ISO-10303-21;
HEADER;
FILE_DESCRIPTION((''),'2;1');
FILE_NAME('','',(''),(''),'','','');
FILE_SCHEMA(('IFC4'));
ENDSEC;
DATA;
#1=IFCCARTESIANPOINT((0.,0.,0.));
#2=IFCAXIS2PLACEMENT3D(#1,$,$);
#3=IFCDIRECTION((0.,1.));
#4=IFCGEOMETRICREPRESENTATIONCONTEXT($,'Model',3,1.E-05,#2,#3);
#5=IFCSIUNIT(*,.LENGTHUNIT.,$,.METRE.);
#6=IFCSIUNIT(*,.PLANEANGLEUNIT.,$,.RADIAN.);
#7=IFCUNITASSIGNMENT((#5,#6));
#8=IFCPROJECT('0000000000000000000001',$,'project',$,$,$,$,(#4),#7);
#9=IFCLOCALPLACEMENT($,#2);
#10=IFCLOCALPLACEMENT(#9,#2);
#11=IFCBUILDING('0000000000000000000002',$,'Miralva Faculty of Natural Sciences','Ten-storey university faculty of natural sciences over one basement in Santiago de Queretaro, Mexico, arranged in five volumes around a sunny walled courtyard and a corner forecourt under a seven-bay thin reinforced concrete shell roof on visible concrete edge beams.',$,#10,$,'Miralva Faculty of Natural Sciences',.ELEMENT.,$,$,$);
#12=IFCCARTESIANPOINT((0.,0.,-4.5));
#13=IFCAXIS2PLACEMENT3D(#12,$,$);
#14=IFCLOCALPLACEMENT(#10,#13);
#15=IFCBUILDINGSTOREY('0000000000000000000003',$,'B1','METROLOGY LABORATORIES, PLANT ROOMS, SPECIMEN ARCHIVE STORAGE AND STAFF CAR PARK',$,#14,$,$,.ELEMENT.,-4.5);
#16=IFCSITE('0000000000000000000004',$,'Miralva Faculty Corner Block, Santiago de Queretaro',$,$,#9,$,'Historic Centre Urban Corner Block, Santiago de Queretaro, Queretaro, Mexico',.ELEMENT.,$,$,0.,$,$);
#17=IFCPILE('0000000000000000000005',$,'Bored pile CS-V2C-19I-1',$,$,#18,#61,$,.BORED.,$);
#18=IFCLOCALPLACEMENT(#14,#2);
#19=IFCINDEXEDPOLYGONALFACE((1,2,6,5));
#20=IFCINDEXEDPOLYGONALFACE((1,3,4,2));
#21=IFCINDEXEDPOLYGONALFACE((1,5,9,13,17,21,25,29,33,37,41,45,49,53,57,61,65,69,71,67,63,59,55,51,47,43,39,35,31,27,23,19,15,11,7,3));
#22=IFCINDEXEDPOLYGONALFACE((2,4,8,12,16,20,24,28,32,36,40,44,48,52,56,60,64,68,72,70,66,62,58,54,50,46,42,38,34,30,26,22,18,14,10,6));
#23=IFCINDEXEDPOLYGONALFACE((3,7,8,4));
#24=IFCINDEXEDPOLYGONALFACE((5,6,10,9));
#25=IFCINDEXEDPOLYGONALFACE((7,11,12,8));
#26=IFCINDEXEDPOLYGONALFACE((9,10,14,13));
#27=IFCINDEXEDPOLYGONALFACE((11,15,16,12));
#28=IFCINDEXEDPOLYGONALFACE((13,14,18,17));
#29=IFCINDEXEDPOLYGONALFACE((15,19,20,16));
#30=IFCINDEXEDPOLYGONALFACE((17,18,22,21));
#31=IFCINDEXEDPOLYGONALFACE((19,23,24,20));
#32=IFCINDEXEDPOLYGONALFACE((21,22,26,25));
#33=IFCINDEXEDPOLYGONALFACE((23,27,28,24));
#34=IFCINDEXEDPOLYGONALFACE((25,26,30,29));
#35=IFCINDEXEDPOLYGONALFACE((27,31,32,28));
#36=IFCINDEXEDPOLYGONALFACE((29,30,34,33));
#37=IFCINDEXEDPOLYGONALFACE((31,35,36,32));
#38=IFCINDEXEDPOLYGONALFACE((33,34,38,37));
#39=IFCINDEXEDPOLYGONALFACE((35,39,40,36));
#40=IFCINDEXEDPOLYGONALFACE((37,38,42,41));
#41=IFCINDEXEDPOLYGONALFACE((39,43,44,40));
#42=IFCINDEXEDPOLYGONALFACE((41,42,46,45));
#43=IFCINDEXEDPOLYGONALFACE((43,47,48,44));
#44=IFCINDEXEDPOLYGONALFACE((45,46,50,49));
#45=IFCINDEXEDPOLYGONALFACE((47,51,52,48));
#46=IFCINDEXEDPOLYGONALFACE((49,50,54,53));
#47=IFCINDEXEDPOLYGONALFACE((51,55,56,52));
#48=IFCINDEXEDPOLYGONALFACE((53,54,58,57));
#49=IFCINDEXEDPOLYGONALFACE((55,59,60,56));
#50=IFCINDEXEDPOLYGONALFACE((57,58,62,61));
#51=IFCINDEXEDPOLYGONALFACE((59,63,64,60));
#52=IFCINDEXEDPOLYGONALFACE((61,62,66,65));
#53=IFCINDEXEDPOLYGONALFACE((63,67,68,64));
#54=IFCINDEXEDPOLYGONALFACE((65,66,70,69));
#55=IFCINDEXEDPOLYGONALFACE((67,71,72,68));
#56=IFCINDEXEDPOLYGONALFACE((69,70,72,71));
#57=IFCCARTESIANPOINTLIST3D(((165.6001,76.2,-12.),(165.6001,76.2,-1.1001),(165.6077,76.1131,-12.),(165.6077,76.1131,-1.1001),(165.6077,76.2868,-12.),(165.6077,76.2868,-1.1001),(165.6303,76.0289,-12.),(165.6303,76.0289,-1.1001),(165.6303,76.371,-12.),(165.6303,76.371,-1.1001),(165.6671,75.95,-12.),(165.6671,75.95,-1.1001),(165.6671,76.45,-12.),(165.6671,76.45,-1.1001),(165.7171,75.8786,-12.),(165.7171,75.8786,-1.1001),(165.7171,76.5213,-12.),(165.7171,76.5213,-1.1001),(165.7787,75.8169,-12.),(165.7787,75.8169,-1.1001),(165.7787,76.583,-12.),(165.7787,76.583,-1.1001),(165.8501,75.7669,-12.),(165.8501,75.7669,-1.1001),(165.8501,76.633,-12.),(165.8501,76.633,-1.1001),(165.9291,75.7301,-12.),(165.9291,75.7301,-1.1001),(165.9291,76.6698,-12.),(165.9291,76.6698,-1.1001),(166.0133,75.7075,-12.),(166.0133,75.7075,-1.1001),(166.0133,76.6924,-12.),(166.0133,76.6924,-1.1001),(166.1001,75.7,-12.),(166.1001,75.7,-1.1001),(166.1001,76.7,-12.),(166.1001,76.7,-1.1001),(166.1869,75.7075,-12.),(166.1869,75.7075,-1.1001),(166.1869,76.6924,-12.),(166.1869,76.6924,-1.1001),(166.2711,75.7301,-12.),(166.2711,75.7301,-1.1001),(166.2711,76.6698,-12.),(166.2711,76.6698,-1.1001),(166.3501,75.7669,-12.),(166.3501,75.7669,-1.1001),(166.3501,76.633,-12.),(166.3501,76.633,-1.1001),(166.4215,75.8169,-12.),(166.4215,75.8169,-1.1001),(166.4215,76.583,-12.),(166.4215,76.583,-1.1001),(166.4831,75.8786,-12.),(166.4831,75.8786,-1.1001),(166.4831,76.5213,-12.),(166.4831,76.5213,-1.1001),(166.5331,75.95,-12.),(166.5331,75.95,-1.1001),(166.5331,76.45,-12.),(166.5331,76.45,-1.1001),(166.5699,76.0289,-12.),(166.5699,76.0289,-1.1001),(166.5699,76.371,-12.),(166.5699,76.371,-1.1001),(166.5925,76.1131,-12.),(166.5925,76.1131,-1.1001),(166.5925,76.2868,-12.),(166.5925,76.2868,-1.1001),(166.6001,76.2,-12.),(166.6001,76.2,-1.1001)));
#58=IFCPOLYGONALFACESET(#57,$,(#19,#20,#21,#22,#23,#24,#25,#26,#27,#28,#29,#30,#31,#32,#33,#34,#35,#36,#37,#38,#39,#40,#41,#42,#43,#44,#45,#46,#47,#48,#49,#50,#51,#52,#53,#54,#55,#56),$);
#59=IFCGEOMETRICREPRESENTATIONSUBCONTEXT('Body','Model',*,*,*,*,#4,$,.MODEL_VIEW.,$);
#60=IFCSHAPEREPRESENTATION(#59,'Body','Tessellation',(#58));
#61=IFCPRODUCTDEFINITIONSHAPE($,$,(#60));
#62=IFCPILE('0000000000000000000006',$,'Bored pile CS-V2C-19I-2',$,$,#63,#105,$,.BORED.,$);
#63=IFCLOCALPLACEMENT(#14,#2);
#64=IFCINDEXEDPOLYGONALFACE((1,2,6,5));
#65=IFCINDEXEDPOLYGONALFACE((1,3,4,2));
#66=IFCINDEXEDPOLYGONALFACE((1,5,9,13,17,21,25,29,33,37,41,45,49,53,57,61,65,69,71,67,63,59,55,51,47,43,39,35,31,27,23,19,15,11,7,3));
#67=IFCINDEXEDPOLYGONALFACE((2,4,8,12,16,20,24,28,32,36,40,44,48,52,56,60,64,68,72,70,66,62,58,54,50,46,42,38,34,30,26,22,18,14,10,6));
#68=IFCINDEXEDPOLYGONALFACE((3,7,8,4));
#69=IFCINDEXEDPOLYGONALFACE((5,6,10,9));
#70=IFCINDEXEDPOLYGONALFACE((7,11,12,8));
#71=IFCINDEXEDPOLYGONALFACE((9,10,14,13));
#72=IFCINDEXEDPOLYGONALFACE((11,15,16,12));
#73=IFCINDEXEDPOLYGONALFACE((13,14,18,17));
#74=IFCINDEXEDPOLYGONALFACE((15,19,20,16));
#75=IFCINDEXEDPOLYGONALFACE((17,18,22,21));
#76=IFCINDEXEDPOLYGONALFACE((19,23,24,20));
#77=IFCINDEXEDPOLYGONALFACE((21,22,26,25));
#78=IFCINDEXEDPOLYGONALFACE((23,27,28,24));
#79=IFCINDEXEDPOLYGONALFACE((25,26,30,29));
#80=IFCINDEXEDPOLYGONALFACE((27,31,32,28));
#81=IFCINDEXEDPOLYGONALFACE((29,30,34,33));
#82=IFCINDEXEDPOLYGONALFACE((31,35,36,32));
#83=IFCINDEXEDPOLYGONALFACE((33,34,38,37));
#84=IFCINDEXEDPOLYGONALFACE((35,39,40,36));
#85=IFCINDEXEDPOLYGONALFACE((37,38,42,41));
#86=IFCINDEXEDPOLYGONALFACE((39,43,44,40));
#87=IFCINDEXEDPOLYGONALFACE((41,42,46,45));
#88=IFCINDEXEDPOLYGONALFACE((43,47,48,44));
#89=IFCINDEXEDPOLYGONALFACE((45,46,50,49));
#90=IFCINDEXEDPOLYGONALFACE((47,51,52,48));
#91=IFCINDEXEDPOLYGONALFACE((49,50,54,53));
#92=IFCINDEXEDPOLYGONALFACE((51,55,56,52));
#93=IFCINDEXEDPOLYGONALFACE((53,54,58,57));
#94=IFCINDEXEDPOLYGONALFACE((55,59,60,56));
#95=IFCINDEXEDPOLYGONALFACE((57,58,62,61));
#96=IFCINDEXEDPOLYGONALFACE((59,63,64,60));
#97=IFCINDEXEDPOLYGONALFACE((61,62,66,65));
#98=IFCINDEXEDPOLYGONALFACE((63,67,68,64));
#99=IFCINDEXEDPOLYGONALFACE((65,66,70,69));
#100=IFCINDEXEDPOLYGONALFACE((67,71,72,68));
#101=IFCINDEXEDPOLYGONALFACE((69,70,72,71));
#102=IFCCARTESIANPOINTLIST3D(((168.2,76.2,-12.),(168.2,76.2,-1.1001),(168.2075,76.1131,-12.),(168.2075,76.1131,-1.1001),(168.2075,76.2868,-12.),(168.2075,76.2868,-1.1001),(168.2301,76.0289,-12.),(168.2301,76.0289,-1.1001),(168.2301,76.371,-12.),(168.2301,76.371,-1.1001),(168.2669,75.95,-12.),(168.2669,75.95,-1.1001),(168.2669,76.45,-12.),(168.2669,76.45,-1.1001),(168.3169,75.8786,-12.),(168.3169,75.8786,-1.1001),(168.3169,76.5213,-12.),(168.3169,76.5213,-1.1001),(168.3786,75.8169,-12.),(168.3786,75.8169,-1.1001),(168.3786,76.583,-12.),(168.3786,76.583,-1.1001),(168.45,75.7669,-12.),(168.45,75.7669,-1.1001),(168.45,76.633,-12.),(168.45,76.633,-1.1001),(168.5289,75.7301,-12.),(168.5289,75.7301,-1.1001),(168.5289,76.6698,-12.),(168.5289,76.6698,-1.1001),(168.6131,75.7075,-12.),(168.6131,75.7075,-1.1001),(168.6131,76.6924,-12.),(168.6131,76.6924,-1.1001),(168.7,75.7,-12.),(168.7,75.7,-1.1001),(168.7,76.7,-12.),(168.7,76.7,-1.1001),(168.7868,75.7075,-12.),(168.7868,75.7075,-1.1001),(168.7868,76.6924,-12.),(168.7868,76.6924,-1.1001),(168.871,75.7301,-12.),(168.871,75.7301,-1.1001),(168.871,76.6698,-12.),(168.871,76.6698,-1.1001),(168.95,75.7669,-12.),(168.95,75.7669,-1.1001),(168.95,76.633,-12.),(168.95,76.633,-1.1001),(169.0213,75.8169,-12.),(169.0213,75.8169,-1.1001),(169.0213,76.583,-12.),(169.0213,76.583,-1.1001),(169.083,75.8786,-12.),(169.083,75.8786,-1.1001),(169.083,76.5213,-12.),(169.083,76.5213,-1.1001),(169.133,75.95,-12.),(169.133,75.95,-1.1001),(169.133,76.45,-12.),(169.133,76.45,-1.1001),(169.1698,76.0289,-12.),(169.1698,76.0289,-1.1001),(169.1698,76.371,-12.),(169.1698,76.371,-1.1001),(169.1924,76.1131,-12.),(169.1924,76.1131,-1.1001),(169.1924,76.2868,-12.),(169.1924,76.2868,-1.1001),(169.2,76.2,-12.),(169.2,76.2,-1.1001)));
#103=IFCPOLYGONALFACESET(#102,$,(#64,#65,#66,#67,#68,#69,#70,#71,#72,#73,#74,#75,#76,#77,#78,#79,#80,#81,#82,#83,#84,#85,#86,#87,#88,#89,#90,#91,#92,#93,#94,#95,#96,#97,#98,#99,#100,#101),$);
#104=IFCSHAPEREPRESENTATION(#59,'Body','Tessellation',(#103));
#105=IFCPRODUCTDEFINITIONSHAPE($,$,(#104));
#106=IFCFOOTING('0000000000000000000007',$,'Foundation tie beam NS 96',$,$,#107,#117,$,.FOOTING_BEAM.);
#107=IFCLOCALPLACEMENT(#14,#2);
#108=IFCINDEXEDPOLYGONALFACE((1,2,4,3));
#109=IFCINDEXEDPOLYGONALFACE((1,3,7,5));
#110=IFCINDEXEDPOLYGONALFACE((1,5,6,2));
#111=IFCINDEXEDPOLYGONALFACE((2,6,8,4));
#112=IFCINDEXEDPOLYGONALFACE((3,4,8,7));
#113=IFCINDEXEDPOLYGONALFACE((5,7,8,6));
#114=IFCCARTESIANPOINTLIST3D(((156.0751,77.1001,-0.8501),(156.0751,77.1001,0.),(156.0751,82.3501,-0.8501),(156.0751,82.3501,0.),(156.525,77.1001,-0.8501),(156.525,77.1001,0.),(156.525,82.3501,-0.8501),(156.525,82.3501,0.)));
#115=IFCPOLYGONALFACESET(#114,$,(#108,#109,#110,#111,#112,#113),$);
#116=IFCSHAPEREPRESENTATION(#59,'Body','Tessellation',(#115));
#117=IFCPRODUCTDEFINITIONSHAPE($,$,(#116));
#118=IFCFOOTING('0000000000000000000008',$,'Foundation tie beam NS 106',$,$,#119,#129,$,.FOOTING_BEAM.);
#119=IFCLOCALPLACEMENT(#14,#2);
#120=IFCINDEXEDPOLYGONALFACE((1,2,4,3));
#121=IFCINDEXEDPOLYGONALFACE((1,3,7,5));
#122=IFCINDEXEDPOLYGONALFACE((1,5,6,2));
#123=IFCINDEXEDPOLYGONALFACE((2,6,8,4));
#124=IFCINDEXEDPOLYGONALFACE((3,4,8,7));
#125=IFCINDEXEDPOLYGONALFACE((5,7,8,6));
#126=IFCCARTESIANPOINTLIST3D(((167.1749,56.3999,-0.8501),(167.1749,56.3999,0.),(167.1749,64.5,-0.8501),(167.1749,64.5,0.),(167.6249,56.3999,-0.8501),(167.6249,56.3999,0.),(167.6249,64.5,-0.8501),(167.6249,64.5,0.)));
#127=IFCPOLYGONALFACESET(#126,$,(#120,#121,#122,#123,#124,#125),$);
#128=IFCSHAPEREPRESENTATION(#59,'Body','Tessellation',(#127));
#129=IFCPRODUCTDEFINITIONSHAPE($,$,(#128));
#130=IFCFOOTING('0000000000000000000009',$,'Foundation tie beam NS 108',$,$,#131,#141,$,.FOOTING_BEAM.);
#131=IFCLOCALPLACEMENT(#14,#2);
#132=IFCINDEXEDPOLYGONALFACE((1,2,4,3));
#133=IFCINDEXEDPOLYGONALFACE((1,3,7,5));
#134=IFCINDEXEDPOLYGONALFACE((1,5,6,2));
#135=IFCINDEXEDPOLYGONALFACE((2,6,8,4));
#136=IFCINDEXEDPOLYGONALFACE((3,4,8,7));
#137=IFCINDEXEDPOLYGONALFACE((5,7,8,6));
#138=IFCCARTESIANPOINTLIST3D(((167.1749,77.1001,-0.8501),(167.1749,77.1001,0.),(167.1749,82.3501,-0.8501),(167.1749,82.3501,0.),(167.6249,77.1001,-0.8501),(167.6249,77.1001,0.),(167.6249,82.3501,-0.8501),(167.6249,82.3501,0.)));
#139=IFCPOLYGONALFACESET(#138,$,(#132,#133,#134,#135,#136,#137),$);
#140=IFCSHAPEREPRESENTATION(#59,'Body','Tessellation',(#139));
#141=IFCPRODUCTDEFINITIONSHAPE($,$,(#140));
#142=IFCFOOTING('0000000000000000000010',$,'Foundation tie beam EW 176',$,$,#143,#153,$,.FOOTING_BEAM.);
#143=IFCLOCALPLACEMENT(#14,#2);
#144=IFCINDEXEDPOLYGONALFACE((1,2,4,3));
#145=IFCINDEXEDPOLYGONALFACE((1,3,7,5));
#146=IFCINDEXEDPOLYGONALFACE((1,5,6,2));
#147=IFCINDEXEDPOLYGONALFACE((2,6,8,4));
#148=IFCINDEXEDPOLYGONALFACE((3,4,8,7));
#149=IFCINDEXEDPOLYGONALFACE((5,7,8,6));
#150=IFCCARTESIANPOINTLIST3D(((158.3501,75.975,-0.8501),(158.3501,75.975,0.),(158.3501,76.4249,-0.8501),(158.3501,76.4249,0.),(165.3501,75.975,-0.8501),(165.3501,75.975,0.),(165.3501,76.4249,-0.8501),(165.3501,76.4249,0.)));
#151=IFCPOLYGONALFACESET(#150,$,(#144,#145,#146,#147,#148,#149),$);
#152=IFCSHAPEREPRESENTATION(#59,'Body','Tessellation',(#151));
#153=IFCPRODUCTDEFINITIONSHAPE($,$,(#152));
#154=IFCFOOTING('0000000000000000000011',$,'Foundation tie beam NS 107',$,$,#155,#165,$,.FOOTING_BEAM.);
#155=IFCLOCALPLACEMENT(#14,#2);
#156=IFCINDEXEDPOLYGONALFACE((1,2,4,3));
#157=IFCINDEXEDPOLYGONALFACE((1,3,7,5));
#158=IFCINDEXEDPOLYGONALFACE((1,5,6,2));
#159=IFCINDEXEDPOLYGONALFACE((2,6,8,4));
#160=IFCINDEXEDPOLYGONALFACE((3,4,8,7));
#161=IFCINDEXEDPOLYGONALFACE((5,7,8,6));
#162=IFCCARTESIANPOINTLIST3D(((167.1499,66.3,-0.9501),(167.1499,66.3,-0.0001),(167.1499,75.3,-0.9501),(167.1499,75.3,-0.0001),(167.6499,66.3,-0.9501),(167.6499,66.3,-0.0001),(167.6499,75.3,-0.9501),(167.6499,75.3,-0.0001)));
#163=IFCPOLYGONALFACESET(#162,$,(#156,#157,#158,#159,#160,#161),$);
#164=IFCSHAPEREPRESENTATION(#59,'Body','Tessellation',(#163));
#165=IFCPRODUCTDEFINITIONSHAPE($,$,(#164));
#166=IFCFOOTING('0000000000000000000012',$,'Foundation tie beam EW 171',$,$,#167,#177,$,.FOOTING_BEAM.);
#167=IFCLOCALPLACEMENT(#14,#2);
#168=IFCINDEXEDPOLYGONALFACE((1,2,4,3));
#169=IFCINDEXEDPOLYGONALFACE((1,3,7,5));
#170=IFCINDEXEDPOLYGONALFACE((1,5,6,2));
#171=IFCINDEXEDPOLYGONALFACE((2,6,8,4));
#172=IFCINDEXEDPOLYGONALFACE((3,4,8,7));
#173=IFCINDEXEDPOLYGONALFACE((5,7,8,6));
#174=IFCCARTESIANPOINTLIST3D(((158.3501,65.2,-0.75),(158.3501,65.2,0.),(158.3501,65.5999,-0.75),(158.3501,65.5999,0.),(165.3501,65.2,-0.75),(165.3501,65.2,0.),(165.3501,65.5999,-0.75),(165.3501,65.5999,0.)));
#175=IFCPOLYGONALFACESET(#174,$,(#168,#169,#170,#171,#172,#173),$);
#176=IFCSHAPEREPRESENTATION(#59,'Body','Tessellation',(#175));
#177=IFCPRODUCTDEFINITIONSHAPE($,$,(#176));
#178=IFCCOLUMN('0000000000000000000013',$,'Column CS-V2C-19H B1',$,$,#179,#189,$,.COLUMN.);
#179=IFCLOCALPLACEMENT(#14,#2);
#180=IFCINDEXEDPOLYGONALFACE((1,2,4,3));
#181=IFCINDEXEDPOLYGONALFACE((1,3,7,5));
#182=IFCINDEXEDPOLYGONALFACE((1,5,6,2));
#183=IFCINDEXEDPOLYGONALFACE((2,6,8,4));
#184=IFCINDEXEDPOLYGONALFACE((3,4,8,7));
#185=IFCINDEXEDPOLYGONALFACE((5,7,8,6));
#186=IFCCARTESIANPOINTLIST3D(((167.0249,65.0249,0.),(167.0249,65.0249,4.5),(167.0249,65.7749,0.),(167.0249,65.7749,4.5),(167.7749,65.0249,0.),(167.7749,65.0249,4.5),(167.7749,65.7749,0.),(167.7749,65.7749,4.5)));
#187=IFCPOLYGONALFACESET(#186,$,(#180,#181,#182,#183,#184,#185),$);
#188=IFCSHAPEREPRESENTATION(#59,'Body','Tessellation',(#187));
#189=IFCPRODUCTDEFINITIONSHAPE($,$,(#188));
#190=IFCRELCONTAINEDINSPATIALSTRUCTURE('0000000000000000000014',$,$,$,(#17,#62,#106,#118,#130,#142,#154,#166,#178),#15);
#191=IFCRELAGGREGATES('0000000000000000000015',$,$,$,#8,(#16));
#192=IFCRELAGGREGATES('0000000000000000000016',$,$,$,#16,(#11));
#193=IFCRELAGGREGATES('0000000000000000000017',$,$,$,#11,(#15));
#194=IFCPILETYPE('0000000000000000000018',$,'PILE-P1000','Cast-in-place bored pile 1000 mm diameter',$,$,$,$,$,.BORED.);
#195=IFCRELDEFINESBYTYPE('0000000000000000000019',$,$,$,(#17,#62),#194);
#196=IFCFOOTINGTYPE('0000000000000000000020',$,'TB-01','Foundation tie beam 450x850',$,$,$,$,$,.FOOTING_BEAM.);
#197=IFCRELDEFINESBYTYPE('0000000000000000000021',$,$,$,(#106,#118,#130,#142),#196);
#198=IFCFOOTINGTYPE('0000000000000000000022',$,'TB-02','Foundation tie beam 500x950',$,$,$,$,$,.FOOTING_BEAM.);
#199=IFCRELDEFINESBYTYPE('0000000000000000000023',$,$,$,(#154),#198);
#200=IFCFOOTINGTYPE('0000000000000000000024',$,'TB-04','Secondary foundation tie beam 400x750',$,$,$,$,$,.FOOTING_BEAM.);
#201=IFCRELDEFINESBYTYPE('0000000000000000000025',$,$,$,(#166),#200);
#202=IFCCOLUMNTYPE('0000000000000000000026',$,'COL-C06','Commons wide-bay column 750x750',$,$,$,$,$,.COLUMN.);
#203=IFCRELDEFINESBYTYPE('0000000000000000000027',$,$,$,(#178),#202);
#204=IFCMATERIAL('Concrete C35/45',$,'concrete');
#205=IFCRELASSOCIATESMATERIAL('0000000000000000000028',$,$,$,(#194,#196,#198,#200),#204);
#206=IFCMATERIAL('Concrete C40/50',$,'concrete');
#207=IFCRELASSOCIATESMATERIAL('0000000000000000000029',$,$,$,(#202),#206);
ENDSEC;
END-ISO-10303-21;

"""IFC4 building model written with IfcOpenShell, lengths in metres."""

from ifc_helpers import new_model, si_unit, direction, frame, origin, origin_2d, place, context, subcontext, project, spatial, rectangle, circle, extrude, material, material_profile, profile_set, type_object, element, save


model = new_model("IFC4")

# Units and contexts
model_context = context("Model", 3, precision=1e-05, world=origin(), true_north=direction((0.0, 1.0)))
body_context = subcontext(model_context, "Body", "Model", "MODEL_VIEW")
ifc_project = project(units=[si_unit("LENGTHUNIT", "METRE"), si_unit("PLANEANGLEUNIT", "RADIAN")], contexts=[model_context])

# Site, building, storey
site_placement = place(None, origin())
site = spatial("IfcSite", under=ifc_project, at=site_placement, Name="Miralva Faculty Corner Block, Santiago de Queretaro", LongName="Historic Centre Urban Corner Block, Santiago de Queretaro, Queretaro, Mexico", CompositionType="ELEMENT", RefElevation=0.0)
building_placement = place(site_placement, origin())
building = spatial("IfcBuilding", under=site, at=building_placement, Name="Miralva Faculty of Natural Sciences", Description="Ten-storey university faculty of natural sciences over one basement in Santiago de Queretaro, Mexico, arranged in five volumes around a sunny walled courtyard and a corner forecourt under a seven-bay thin reinforced concrete shell roof on visible concrete edge beams.", LongName="Miralva Faculty of Natural Sciences", CompositionType="ELEMENT")
storey_placement = place(building_placement, frame((0.0, 0.0, -4.5)))
storey = spatial("IfcBuildingStorey", under=building, at=storey_placement, Name="B1", Description="METROLOGY LABORATORIES, PLANT ROOMS, SPECIMEN ARCHIVE STORAGE AND STAFF CAR PARK", CompositionType="ELEMENT", Elevation=-4.5)

# Shared definitions
ifc_material_1 = material(Name="Concrete C35/45", Category="concrete")

# Piles
ifc_material_profile_1 = material_profile(ifc_material_1, circle(Radius=0.5, at=origin_2d()), Name="BORED PILE 1000")
ifc_profile_set_1 = profile_set([ifc_material_profile_1], Name="Concrete C35/45")
pile_type = type_object("IfcPileType", Name="PILE-P1000", Description="Cast-in-place bored pile 1000 mm diameter", PredefinedType="BORED", material=ifc_profile_set_1)
for number, where, z_axis, x_axis, name in (
    (1, (166.1001, 76.2, -1.1001), (0.0, 0.0, -1.0), (1.0, 0.0, 0.0), "Bored pile CS-V2C-19I-1"),
    (2, (168.7, 76.2, -1.1001), (0.0, 0.0, -1.0), (1.0, 0.0, 0.0), "Bored pile CS-V2C-19I-2"),
):
    element("IfcPile", number, at=place(storey_placement, frame(where, z_axis=z_axis, x_axis=x_axis)), inside=storey, type_object=pile_type, Name=name, PredefinedType="BORED", context=body_context, shape_type="SweptSolid", body=[
        extrude(circle(Radius=0.5, at=origin_2d()), origin(), (0.0, 0.0, 1.0), 10.8999),
    ])

# Footings
ifc_material_profile_2 = material_profile(ifc_material_1, rectangle(XDim=0.45, YDim=0.8501, at=origin_2d()), Name="RC 450x850")
ifc_profile_set_2 = profile_set([ifc_material_profile_2], Name="Concrete C35/45")
footing_type_1 = type_object("IfcFootingType", Name="TB-01", Description="Foundation tie beam 450x850", PredefinedType="FOOTING_BEAM", material=ifc_profile_set_2)
footing_1_placement = place(storey_placement, frame((156.3, 77.1001, -0.425), z_axis=(0.0, 1.0, 0.0), x_axis=(-1.0, 0.0, 0.0)))
element("IfcFooting", 3, at=footing_1_placement, inside=storey, type_object=footing_type_1, Name="Foundation tie beam NS 96", PredefinedType="FOOTING_BEAM", context=body_context, shape_type="SweptSolid", body=[
    extrude(rectangle(XDim=0.45, YDim=0.8501, at=origin_2d()), origin(), (0.0, 0.0, 1.0), 5.25),
])
footing_2_placement = place(storey_placement, frame((167.3999, 56.3999, -0.425), z_axis=(0.0, 1.0, 0.0), x_axis=(-1.0, 0.0, 0.0)))
element("IfcFooting", 4, at=footing_2_placement, inside=storey, type_object=footing_type_1, Name="Foundation tie beam NS 106", PredefinedType="FOOTING_BEAM", context=body_context, shape_type="SweptSolid", body=[
    extrude(rectangle(XDim=0.45, YDim=0.8501, at=origin_2d()), origin(), (0.0, 0.0, 1.0), 8.1001),
])
footing_3_placement = place(storey_placement, frame((167.3999, 77.1001, -0.425), z_axis=(0.0, 1.0, 0.0), x_axis=(-1.0, 0.0, 0.0)))
element("IfcFooting", 5, at=footing_3_placement, inside=storey, type_object=footing_type_1, Name="Foundation tie beam NS 108", PredefinedType="FOOTING_BEAM", context=body_context, shape_type="SweptSolid", body=[
    extrude(rectangle(XDim=0.45, YDim=0.8501, at=origin_2d()), origin(), (0.0, 0.0, 1.0), 5.25),
])
footing_4_placement = place(storey_placement, frame((158.3501, 76.2, -0.425), z_axis=(1.0, 0.0, 0.0), x_axis=(0.0, 1.0, 0.0)))
element("IfcFooting", 6, at=footing_4_placement, inside=storey, type_object=footing_type_1, Name="Foundation tie beam EW 176", PredefinedType="FOOTING_BEAM", context=body_context, shape_type="SweptSolid", body=[
    extrude(rectangle(XDim=0.45, YDim=0.8501, at=origin_2d()), origin(), (0.0, 0.0, 1.0), 7.0),
])
ifc_material_profile_3 = material_profile(ifc_material_1, rectangle(XDim=0.5, YDim=0.95, at=origin_2d()), Name="RC 500x950")
ifc_profile_set_3 = profile_set([ifc_material_profile_3], Name="Concrete C35/45")
footing_type_2 = type_object("IfcFootingType", Name="TB-02", Description="Foundation tie beam 500x950", PredefinedType="FOOTING_BEAM", material=ifc_profile_set_3)
footing_5_placement = place(storey_placement, frame((167.3999, 66.3, -0.4751), z_axis=(0.0, 1.0, 0.0), x_axis=(-1.0, 0.0, 0.0)))
element("IfcFooting", 7, at=footing_5_placement, inside=storey, type_object=footing_type_2, Name="Foundation tie beam NS 107", PredefinedType="FOOTING_BEAM", context=body_context, shape_type="SweptSolid", body=[
    extrude(rectangle(XDim=0.5, YDim=0.95, at=origin_2d()), origin(), (0.0, 0.0, 1.0), 9.0),
])
ifc_material_profile_4 = material_profile(ifc_material_1, rectangle(XDim=0.3999, YDim=0.75, at=origin_2d()), Name="RC 400x750")
ifc_profile_set_4 = profile_set([ifc_material_profile_4], Name="Concrete C35/45")
footing_type_3 = type_object("IfcFootingType", Name="TB-04", Description="Secondary foundation tie beam 400x750", PredefinedType="FOOTING_BEAM", material=ifc_profile_set_4)
footing_6_placement = place(storey_placement, frame((158.3501, 65.3999, -0.375), z_axis=(1.0, 0.0, 0.0), x_axis=(0.0, 1.0, 0.0)))
element("IfcFooting", 8, at=footing_6_placement, inside=storey, type_object=footing_type_3, Name="Foundation tie beam EW 171", PredefinedType="FOOTING_BEAM", context=body_context, shape_type="SweptSolid", body=[
    extrude(rectangle(XDim=0.3999, YDim=0.75, at=origin_2d()), origin(), (0.0, 0.0, 1.0), 7.0),
])

# Column
ifc_material_2 = material(Name="Concrete C40/50", Category="concrete")
ifc_material_profile_5 = material_profile(ifc_material_2, rectangle(XDim=0.75, YDim=0.75, at=origin_2d()), Name="RC 750x750")
ifc_profile_set_5 = profile_set([ifc_material_profile_5], Name="Concrete C40/50")
column_type = type_object("IfcColumnType", Name="COL-C06", Description="Commons wide-bay column 750x750", PredefinedType="COLUMN", material=ifc_profile_set_5)
for number, where, z_axis, x_axis, name in (
    (9, (167.3999, 65.3999, 0.0), (0.0, 0.0, 1.0), (1.0, 0.0, 0.0), "Column CS-V2C-19H B1"),
):
    element("IfcColumn", number, at=place(storey_placement, frame(where, z_axis=z_axis, x_axis=x_axis)), inside=storey, type_object=column_type, Name=name, PredefinedType="COLUMN", context=body_context, shape_type="SweptSolid", body=[
        extrude(rectangle(XDim=0.75, YDim=0.75, at=origin_2d()), origin(), (0.0, 0.0, 1.0), 4.5),
    ])

save(model, "model.ifc")
